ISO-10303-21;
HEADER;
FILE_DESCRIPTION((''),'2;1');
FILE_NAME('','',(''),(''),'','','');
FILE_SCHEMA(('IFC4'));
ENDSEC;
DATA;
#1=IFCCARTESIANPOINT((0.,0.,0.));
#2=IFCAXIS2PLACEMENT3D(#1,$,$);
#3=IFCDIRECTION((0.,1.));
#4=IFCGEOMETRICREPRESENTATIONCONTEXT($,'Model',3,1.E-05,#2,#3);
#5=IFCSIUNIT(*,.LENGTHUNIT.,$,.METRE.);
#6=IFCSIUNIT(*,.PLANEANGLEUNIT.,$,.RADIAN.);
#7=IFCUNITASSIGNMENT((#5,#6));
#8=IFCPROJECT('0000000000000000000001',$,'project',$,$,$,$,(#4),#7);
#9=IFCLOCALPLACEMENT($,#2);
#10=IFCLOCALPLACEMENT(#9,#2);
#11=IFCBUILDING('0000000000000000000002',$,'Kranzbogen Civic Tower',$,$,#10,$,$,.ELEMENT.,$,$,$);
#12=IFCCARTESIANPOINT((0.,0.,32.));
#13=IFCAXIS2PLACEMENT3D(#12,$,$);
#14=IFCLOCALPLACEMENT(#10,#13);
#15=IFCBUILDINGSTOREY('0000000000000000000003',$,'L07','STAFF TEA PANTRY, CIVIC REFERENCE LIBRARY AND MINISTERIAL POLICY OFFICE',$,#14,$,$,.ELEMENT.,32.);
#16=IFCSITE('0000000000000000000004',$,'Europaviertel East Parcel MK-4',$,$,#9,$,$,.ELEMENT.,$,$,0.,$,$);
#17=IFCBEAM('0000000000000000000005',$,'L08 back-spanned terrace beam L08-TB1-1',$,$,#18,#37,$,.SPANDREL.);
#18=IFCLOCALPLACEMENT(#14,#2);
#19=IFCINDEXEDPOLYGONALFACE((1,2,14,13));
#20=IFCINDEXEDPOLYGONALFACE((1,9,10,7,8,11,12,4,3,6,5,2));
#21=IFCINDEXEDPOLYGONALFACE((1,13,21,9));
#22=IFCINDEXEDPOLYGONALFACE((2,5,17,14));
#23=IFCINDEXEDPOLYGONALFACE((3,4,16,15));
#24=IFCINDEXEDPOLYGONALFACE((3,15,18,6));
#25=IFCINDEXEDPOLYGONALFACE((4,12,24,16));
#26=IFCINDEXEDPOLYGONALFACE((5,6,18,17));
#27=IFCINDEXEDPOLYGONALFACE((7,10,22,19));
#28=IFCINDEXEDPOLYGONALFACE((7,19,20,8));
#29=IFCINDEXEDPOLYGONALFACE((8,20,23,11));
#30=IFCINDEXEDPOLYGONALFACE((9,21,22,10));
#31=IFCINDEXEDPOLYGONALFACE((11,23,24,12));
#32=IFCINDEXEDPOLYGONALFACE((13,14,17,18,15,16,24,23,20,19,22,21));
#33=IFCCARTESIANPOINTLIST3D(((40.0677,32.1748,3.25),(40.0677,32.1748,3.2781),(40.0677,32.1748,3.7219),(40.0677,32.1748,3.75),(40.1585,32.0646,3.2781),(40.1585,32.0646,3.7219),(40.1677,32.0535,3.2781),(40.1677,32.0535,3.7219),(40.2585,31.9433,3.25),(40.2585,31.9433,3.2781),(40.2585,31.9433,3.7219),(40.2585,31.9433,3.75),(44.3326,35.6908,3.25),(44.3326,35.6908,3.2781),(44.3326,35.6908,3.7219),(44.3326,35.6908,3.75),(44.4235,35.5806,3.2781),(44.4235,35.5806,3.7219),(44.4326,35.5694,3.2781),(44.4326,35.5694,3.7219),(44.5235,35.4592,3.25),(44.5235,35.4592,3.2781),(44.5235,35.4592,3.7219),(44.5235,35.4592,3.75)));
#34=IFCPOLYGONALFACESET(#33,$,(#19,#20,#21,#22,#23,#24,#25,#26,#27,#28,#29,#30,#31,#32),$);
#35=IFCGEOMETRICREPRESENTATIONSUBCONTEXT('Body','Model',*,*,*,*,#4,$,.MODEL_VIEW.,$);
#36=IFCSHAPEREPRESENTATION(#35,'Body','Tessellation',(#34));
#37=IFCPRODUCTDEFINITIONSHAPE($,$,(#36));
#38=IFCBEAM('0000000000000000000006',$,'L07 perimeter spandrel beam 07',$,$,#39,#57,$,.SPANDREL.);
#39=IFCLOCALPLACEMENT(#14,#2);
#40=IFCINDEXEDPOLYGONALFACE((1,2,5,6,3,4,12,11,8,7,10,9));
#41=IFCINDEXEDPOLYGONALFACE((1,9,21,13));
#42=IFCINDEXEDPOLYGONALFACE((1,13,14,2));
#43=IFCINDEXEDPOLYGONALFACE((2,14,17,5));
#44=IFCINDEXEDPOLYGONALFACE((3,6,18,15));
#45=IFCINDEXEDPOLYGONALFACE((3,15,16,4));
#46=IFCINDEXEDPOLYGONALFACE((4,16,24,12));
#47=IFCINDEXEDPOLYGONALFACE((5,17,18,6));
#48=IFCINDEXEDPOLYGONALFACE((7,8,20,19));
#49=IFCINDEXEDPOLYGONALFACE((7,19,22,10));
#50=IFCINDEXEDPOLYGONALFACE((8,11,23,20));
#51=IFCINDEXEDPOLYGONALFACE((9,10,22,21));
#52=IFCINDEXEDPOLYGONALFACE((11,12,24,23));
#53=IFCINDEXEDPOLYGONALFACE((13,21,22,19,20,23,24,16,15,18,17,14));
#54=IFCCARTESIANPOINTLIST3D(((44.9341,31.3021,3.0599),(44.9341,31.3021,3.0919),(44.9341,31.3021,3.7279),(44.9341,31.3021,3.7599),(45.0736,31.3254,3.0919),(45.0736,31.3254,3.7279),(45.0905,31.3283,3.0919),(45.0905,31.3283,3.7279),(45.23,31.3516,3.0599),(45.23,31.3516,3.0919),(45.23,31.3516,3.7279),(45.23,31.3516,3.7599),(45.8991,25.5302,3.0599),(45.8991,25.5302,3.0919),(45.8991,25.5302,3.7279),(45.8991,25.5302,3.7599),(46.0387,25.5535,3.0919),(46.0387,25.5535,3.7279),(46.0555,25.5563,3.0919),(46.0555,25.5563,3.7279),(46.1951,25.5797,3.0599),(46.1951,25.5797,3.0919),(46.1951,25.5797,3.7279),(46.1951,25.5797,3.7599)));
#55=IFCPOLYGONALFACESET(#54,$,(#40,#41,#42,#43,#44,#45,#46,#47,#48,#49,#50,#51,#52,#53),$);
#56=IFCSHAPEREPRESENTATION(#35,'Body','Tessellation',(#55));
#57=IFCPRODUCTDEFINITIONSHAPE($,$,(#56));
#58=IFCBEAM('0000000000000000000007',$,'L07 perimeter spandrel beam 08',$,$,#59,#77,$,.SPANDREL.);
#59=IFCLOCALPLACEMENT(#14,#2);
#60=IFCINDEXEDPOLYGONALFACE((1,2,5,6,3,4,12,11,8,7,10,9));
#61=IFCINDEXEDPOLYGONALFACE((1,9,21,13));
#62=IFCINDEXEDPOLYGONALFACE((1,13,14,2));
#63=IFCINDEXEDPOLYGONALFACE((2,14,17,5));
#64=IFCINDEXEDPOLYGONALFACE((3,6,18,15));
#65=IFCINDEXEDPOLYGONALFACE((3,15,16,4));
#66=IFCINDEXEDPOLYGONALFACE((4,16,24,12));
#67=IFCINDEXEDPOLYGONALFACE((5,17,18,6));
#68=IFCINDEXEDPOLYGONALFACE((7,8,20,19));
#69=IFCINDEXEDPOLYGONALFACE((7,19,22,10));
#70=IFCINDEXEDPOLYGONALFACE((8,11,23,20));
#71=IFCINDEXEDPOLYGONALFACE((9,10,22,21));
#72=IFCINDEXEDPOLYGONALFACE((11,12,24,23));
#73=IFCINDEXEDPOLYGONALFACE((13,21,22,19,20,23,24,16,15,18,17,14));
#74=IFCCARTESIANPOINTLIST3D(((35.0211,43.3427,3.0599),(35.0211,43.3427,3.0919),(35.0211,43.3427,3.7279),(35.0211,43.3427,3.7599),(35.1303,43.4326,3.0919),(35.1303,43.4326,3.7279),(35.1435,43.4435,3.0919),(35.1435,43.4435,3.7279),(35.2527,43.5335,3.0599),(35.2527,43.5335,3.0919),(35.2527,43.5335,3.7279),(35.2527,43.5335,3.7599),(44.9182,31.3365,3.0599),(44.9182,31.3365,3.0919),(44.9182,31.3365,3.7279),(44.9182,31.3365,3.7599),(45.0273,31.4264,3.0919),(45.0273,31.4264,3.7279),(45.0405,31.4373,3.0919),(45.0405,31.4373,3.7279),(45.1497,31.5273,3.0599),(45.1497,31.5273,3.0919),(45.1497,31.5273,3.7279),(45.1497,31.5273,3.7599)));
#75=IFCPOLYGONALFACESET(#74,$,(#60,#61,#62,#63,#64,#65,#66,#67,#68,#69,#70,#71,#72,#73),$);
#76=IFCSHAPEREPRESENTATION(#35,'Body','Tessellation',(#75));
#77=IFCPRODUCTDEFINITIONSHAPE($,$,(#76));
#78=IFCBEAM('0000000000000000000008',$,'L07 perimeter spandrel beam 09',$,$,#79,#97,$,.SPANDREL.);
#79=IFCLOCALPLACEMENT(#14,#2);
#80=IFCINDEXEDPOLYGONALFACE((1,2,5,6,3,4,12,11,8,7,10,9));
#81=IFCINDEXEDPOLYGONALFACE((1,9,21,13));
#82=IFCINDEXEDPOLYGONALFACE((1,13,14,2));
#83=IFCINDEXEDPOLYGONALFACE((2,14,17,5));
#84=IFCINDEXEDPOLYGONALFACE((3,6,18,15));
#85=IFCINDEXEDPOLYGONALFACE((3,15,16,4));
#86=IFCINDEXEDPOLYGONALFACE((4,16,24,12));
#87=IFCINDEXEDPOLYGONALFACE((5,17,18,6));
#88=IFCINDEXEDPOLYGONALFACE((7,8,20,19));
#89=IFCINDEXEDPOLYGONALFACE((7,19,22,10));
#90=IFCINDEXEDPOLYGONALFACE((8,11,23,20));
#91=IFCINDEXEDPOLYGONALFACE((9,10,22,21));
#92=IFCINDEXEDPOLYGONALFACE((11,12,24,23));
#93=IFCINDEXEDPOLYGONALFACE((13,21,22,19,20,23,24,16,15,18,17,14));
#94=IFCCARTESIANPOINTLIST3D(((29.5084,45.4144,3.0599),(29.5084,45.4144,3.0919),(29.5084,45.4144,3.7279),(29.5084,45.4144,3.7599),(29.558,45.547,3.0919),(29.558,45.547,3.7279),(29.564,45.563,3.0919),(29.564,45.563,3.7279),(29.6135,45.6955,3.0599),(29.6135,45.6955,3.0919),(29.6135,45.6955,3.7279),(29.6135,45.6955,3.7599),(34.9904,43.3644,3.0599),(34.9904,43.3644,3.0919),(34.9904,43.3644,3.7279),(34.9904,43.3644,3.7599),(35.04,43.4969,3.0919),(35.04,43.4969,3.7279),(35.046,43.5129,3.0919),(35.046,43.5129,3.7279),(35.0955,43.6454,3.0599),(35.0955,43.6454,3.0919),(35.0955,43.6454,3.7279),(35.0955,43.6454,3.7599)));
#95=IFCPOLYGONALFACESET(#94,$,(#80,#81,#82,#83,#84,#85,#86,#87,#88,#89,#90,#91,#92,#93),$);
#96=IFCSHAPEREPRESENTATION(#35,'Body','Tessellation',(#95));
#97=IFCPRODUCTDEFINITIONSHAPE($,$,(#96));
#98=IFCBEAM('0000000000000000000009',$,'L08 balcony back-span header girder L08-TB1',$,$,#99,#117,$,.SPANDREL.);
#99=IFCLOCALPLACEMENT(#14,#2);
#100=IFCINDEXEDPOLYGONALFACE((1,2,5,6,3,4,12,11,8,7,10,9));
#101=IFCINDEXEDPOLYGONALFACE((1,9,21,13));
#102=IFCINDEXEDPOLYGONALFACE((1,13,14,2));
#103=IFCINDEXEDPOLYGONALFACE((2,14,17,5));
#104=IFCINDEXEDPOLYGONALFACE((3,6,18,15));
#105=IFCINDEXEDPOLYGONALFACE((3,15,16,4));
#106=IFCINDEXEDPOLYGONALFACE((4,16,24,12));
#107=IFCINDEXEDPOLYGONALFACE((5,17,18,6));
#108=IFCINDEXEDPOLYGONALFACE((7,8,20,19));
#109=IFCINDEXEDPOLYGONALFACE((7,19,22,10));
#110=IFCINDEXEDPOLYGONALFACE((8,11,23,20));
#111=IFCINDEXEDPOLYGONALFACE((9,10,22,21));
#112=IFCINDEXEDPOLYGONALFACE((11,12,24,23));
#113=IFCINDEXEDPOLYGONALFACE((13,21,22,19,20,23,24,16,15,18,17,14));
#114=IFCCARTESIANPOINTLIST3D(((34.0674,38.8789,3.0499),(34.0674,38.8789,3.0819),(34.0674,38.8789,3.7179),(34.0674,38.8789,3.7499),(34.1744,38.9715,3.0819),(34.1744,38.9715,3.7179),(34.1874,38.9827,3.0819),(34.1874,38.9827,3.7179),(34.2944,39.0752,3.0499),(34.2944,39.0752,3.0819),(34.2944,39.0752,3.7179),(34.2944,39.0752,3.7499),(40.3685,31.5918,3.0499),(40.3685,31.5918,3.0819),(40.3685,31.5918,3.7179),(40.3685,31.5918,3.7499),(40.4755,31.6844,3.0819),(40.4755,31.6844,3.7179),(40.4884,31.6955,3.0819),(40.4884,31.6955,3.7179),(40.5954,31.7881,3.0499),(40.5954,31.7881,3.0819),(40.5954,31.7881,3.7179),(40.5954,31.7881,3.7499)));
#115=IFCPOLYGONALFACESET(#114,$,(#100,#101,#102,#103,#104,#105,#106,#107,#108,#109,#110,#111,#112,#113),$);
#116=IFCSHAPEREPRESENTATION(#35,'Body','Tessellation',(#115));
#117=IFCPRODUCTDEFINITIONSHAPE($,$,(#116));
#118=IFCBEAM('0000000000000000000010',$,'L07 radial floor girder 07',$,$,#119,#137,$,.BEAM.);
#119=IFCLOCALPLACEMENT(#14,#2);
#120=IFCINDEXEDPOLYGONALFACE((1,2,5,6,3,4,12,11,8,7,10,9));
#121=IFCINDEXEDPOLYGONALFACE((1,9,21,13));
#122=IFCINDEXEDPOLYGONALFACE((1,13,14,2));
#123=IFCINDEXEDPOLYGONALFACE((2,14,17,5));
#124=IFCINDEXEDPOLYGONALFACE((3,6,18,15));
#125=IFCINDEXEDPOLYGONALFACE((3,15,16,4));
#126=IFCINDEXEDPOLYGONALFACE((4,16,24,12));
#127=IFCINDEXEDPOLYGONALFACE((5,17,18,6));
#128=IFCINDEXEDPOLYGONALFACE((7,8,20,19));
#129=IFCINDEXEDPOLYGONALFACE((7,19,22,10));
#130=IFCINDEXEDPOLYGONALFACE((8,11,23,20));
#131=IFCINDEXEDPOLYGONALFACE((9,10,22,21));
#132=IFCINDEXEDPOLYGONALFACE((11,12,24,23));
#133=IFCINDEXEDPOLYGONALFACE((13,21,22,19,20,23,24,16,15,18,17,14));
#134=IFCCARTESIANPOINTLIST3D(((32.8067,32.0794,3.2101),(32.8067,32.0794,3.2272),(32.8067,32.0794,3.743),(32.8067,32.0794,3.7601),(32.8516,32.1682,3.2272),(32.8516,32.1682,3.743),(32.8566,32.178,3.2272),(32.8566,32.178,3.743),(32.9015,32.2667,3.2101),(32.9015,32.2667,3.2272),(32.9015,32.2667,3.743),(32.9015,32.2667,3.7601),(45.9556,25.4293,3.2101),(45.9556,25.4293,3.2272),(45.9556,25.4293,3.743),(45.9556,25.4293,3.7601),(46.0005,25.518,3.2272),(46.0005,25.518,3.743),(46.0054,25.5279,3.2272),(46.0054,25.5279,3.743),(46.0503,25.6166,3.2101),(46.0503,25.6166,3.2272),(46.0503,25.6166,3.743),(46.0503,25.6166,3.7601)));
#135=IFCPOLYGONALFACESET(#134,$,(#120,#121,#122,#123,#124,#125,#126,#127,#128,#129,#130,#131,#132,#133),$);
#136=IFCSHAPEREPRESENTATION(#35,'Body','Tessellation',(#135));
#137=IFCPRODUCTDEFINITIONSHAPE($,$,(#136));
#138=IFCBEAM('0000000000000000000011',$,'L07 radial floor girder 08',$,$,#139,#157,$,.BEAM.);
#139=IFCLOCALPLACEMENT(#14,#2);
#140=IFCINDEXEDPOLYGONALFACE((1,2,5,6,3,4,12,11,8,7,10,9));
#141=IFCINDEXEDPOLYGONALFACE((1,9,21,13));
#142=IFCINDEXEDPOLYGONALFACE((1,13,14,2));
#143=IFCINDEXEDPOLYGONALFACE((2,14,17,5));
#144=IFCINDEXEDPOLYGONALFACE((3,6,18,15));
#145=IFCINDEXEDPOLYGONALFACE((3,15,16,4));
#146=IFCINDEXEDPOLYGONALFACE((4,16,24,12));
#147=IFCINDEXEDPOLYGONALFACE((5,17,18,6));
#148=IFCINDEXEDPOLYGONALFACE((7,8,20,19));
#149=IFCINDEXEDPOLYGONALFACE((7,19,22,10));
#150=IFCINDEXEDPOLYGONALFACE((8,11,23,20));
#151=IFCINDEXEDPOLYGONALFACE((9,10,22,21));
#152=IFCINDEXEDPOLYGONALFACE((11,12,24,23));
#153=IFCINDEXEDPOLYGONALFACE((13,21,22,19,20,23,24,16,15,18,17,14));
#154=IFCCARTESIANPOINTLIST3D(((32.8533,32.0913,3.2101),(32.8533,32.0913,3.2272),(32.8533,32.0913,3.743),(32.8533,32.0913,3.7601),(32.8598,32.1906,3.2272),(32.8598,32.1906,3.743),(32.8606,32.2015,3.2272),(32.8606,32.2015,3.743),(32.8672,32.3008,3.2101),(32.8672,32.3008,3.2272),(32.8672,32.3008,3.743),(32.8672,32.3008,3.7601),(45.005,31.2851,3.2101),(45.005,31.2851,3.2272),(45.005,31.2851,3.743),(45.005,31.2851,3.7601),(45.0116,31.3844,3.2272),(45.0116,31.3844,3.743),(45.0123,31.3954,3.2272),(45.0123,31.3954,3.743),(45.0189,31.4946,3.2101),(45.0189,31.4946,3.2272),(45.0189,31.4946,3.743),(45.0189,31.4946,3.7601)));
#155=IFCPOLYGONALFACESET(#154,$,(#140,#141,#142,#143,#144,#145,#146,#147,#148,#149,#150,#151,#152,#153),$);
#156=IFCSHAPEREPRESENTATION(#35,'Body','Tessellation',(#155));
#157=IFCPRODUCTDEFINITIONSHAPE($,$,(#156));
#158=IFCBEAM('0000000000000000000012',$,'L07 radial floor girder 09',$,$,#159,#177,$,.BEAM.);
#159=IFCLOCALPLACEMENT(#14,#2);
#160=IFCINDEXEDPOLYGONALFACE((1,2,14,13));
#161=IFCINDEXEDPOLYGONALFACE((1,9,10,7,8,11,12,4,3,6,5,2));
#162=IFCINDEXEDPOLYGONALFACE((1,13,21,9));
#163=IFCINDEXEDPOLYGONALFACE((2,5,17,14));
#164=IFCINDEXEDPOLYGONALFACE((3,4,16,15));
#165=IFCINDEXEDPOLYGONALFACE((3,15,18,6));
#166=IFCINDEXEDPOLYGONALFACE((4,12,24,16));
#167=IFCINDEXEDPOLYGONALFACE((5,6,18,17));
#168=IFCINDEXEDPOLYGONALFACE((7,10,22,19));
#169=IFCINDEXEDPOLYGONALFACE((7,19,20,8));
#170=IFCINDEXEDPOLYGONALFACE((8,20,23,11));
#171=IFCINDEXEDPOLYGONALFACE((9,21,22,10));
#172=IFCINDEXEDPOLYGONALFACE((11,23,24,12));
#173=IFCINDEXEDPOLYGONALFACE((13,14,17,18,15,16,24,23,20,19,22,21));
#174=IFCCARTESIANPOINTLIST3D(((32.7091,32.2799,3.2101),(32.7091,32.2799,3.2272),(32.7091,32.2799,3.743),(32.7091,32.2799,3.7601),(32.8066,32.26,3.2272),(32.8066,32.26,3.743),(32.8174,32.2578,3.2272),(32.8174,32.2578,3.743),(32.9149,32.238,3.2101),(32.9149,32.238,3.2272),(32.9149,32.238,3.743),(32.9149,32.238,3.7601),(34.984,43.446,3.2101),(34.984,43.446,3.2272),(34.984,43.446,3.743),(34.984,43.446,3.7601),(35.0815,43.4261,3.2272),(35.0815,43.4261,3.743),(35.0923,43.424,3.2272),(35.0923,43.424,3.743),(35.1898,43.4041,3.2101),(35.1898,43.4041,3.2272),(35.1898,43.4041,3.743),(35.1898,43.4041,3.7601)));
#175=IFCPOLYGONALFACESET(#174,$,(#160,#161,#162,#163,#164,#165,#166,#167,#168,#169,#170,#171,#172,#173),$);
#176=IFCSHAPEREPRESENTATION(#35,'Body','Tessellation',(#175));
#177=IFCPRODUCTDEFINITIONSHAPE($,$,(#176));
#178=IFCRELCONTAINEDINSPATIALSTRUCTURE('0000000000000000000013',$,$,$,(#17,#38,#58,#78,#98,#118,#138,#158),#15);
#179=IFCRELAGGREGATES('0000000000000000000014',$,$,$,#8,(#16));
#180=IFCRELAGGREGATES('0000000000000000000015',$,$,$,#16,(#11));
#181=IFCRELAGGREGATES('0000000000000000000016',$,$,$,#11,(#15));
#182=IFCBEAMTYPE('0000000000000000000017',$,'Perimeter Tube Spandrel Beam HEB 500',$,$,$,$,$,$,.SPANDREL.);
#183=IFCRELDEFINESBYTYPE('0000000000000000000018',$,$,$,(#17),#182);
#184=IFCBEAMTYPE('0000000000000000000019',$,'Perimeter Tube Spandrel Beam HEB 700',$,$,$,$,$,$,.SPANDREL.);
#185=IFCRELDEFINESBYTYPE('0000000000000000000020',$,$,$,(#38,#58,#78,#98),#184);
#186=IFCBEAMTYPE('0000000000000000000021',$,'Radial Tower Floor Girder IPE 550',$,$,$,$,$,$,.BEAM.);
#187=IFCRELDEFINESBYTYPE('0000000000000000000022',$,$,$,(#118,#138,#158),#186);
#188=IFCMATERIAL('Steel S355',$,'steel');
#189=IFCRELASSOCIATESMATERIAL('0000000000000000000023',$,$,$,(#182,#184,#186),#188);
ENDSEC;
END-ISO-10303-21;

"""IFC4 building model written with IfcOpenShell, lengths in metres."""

from ifc_helpers import new_model, si_unit, direction, frame, origin, origin_2d, place, context, subcontext, project, spatial, i_section, extrude, material, material_profile, profile_set, type_object, element, save


model = new_model("IFC4")

# Units and contexts
model_context = context("Model", 3, precision=1e-05, world=origin(), true_north=direction((0.0, 1.0)))
body_context = subcontext(model_context, "Body", "Model", "MODEL_VIEW")
ifc_project = project(units=[si_unit("LENGTHUNIT", "METRE"), si_unit("PLANEANGLEUNIT", "RADIAN")], contexts=[model_context])

# Site, building, storey
site_placement = place(None, origin())
site = spatial("IfcSite", under=ifc_project, at=site_placement, Name="Europaviertel East Parcel MK-4", CompositionType="ELEMENT", RefElevation=0.0)
building_placement = place(site_placement, origin())
building = spatial("IfcBuilding", under=site, at=building_placement, Name="Kranzbogen Civic Tower", CompositionType="ELEMENT")
storey_placement = place(building_placement, frame((0.0, 0.0, 32.0)))
storey = spatial("IfcBuildingStorey", under=building, at=storey_placement, Name="L07", Description="STAFF TEA PANTRY, CIVIC REFERENCE LIBRARY AND MINISTERIAL POLICY OFFICE", CompositionType="ELEMENT", Elevation=32.0)

# Shared definitions
ifc_material_1 = material(Name="Steel S355", Category="steel")

# Beams
ifc_material_profile_1 = material_profile(ifc_material_1, i_section(OverallWidth=0.3, OverallDepth=0.5, WebThickness=0.0144, FlangeThickness=0.0281, at=origin_2d()), Name="HEB 500")
ifc_profile_set_1 = profile_set([ifc_material_profile_1], Name="Steel S355")
beam_type_1 = type_object("IfcBeamType", Name="Perimeter Tube Spandrel Beam HEB 500", PredefinedType="SPANDREL", material=ifc_profile_set_1)
beam_1_placement = place(storey_placement, frame((40.1631, 32.0591, 3.5), z_axis=(0.77161, 0.636096, 0.0), x_axis=(-0.636096, 0.77161, 0.0)))
element("IfcBeam", 1, at=beam_1_placement, inside=storey, type_object=beam_type_1, Name="L08 back-spanned terrace beam L08-TB1-1", PredefinedType="SPANDREL", context=body_context, shape_type="SweptSolid", body=[
    extrude(i_section(OverallWidth=0.3, OverallDepth=0.5, WebThickness=0.0144, FlangeThickness=0.0281, at=origin_2d()), origin(), (0.0, 0.0, 1.0), 5.5273),
])
ifc_material_profile_2 = material_profile(ifc_material_1, i_section(OverallWidth=0.3, OverallDepth=0.7, WebThickness=0.0171, FlangeThickness=0.032, at=origin_2d()), Name="HEB 700")
ifc_profile_set_2 = profile_set([ifc_material_profile_2], Name="Steel S355")
beam_type_2 = type_object("IfcBeamType", Name="Perimeter Tube Spandrel Beam HEB 700", PredefinedType="SPANDREL", material=ifc_profile_set_2)
beam_2_placement = place(storey_placement, frame((46.0471, 25.5549, 3.4099), z_axis=(-0.164913, 0.986308, 0.0), x_axis=(-0.986308, -0.164913, 0.0)))
element("IfcBeam", 2, at=beam_2_placement, inside=storey, type_object=beam_type_2, Name="L07 perimeter spandrel beam 07", PredefinedType="SPANDREL", context=body_context, shape_type="SweptSolid", body=[
    extrude(i_section(OverallWidth=0.3, OverallDepth=0.7, WebThickness=0.0171, FlangeThickness=0.032, at=origin_2d()), origin(), (0.0, 0.0, 1.0), 5.8521),
])
beam_3_placement = place(storey_placement, frame((45.0339, 31.4319, 3.4099), z_axis=(-0.636075, 0.771628, 0.0), x_axis=(-0.771628, -0.636075, 0.0)))
element("IfcBeam", 3, at=beam_3_placement, inside=storey, type_object=beam_type_2, Name="L07 perimeter spandrel beam 08", PredefinedType="SPANDREL", context=body_context, shape_type="SweptSolid", body=[
    extrude(i_section(OverallWidth=0.3, OverallDepth=0.7, WebThickness=0.0171, FlangeThickness=0.032, at=origin_2d()), origin(), (0.0, 0.0, 1.0), 15.5596),
])
beam_4_placement = place(storey_placement, frame((35.043, 43.5049, 3.4099), z_axis=(-0.936648, 0.350273, 0.0), x_axis=(-0.350273, -0.936648, 0.0)))
element("IfcBeam", 4, at=beam_4_placement, inside=storey, type_object=beam_type_2, Name="L07 perimeter spandrel beam 09", PredefinedType="SPANDREL", context=body_context, shape_type="SweptSolid", body=[
    extrude(i_section(OverallWidth=0.3, OverallDepth=0.7, WebThickness=0.0171, FlangeThickness=0.032, at=origin_2d()), origin(), (0.0, 0.0, 1.0), 5.8528),
])
beam_5_placement = place(storey_placement, frame((40.4819, 31.6899, 3.3999), z_axis=(-0.654072, 0.756432, 0.0), x_axis=(-0.756432, -0.654072, 0.0)))
element("IfcBeam", 5, at=beam_5_placement, inside=storey, type_object=beam_type_2, Name="L08 balcony back-span header girder L08-TB1", PredefinedType="SPANDREL", context=body_context, shape_type="SweptSolid", body=[
    extrude(i_section(OverallWidth=0.3, OverallDepth=0.7, WebThickness=0.0171, FlangeThickness=0.032, at=origin_2d()), origin(), (0.0, 0.0, 1.0), 9.6335),
])
ifc_material_profile_3 = material_profile(ifc_material_1, i_section(OverallWidth=0.21, OverallDepth=0.55, WebThickness=0.011, FlangeThickness=0.0171, at=origin_2d()), Name="IPE 550")
ifc_profile_set_3 = profile_set([ifc_material_profile_3], Name="Steel S355")
beam_type_3 = type_object("IfcBeamType", Name="Radial Tower Floor Girder IPE 550", PredefinedType="BEAM", material=ifc_profile_set_3)
beam_6_placement = place(storey_placement, frame((46.0029, 25.5229, 3.4851), z_axis=(-0.892363, 0.451318, 0.0), x_axis=(-0.451318, -0.892363, 0.0)))
element("IfcBeam", 6, at=beam_6_placement, inside=storey, type_object=beam_type_3, Name="L07 radial floor girder 07", PredefinedType="BEAM", context=body_context, shape_type="SweptSolid", body=[
    extrude(i_section(OverallWidth=0.21, OverallDepth=0.55, WebThickness=0.011, FlangeThickness=0.0171, at=origin_2d()), origin(), (0.0, 0.0, 1.0), 14.7349),
])
beam_7_placement = place(storey_placement, frame((45.012, 31.3899, 3.4851), z_axis=(-0.997807, 0.066194, 0.0), x_axis=(-0.066194, -0.997807, 0.0)))
element("IfcBeam", 7, at=beam_7_placement, inside=storey, type_object=beam_type_3, Name="L07 radial floor girder 08", PredefinedType="BEAM", context=body_context, shape_type="SweptSolid", body=[
    extrude(i_section(OverallWidth=0.21, OverallDepth=0.55, WebThickness=0.011, FlangeThickness=0.0171, at=origin_2d()), origin(), (0.0, 0.0, 1.0), 12.1785),
])
beam_8_placement = place(storey_placement, frame((35.0869, 43.425, 3.4851), z_axis=(-0.199633, -0.979871, 0.0), x_axis=(0.979871, -0.199633, 0.0)))
element("IfcBeam", 8, at=beam_8_placement, inside=storey, type_object=beam_type_3, Name="L07 radial floor girder 09", PredefinedType="BEAM", context=body_context, shape_type="SweptSolid", body=[
    extrude(i_section(OverallWidth=0.21, OverallDepth=0.55, WebThickness=0.011, FlangeThickness=0.0171, at=origin_2d()), origin(), (0.0, 0.0, 1.0), 11.3955),
])

save(model, "model.ifc")
